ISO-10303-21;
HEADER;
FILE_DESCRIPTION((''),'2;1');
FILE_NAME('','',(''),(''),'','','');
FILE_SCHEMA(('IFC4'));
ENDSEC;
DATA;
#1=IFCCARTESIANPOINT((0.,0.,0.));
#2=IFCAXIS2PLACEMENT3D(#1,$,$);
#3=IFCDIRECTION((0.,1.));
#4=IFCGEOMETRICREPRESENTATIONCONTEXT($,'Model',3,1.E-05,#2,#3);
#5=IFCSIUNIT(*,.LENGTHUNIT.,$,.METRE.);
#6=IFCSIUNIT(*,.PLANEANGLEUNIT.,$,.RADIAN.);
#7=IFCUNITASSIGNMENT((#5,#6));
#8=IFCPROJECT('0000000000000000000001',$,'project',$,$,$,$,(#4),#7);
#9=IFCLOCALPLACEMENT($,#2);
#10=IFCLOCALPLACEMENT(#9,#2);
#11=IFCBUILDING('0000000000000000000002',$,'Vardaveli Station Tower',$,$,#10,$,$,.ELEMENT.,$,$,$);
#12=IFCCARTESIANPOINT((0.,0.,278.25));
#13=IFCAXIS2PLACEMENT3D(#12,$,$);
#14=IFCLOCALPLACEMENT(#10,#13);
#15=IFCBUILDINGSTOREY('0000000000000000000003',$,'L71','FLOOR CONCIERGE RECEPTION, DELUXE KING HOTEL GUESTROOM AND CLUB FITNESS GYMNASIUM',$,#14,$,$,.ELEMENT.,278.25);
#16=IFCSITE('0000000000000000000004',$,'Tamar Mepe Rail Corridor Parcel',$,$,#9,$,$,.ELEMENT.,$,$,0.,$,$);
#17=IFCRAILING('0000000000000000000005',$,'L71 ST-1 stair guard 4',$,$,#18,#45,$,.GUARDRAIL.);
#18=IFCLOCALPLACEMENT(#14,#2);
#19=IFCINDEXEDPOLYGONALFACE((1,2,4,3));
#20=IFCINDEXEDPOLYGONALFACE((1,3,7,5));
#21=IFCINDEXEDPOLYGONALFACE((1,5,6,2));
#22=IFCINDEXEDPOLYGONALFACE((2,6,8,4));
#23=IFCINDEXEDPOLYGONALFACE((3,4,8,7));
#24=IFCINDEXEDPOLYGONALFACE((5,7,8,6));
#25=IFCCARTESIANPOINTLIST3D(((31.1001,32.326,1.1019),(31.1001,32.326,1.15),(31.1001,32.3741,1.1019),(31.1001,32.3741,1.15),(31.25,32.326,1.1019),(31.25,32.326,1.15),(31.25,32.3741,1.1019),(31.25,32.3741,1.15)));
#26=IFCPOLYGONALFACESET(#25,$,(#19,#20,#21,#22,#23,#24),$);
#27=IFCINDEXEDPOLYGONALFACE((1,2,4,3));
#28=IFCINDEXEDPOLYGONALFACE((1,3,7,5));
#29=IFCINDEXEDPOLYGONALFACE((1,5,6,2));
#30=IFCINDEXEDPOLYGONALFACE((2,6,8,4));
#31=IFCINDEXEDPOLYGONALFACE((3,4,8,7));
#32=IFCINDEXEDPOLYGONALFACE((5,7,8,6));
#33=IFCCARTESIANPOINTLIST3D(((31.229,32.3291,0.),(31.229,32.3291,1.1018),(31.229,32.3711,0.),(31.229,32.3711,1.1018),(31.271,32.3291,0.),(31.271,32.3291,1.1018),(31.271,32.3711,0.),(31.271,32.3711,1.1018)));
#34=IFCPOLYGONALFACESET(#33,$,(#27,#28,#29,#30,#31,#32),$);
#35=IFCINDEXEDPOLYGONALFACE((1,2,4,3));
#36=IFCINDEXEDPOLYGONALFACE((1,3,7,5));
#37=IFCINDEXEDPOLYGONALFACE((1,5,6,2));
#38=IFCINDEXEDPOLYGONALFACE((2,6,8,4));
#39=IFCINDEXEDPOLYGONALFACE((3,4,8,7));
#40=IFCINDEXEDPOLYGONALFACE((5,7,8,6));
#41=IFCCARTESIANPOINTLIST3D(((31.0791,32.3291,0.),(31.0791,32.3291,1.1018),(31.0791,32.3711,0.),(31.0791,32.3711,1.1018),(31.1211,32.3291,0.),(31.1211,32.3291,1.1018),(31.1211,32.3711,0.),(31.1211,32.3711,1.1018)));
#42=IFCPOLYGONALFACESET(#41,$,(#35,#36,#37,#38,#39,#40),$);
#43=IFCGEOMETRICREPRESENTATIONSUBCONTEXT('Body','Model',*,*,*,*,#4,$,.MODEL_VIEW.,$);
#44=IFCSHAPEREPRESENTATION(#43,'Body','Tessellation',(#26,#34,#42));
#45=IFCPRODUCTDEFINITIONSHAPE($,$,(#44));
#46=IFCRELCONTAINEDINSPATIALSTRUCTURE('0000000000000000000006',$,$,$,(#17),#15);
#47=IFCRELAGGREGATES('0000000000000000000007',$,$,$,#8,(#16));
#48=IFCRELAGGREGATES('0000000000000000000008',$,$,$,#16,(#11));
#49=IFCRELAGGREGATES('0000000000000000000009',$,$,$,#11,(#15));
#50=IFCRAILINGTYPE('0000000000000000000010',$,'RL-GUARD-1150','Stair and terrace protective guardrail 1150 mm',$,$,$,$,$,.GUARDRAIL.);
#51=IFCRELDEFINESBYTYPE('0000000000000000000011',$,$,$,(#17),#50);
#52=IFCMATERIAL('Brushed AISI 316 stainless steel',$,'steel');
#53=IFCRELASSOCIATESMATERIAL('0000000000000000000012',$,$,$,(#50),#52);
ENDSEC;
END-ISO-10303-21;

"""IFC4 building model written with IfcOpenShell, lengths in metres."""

from ifc_helpers import new_model, si_unit, direction, frame, origin, origin_2d, place, context, subcontext, project, spatial, rectangle, extrude, source, transform, mapped, material, type_object, element, save


model = new_model("IFC4")

# Units and contexts
model_context = context("Model", 3, precision=1e-05, world=origin(), true_north=direction((0.0, 1.0)))
body_context = subcontext(model_context, "Body", "Model", "MODEL_VIEW")
ifc_project = project(units=[si_unit("LENGTHUNIT", "METRE"), si_unit("PLANEANGLEUNIT", "RADIAN")], contexts=[model_context])

# Site, building, storey
site_placement = place(None, origin())
site = spatial("IfcSite", under=ifc_project, at=site_placement, Name="Tamar Mepe Rail Corridor Parcel", CompositionType="ELEMENT", RefElevation=0.0)
building_placement = place(site_placement, origin())
building = spatial("IfcBuilding", under=site, at=building_placement, Name="Vardaveli Station Tower", CompositionType="ELEMENT")
storey_placement = place(building_placement, frame((0.0, 0.0, 278.25)))
storey = spatial("IfcBuildingStorey", under=building, at=storey_placement, Name="L71", Description="FLOOR CONCIERGE RECEPTION, DELUXE KING HOTEL GUESTROOM AND CLUB FITNESS GYMNASIUM", CompositionType="ELEMENT", Elevation=278.25)

# Railing
ifc_material_1 = material(Name="Brushed AISI 316 stainless steel", Category="steel")
railing_type = type_object("IfcRailingType", Name="RL-GUARD-1150", Description="Stair and terrace protective guardrail 1150 mm", PredefinedType="GUARDRAIL", material=ifc_material_1)
shared_shape_1 = source(origin(), body_context, "Body", "SweptSolid", [
    extrude(rectangle(XDim=0.0481, YDim=0.0481, at=origin_2d()), frame((0.0, 0.0, 1.126), z_axis=(-1.0, 0.0, 0.0), x_axis=(0.0, -1.0, 0.0)), (0.0, 0.0, 1.0), 0.1499),
    extrude(rectangle(XDim=0.042, YDim=0.042, at=origin_2d()), origin(), (0.0, 0.0, 1.0), 1.1018),
    extrude(rectangle(XDim=0.042, YDim=0.042, at=origin_2d()), frame((-0.1499, 0.0, 0.0)), (0.0, 0.0, 1.0), 1.1018),
])
railing_placement = place(storey_placement, frame((31.25, 32.3501, 0.0)))
element("IfcRailing", 1, at=railing_placement, inside=storey, type_object=railing_type, Name="L71 ST-1 stair guard 4", PredefinedType="GUARDRAIL", context=body_context, shape_type="MappedRepresentation", body=[
    mapped(shared_shape_1, transform((0.0, 0.0, 0.0), scale=1.0)),
])

save(model, "model.ifc")
